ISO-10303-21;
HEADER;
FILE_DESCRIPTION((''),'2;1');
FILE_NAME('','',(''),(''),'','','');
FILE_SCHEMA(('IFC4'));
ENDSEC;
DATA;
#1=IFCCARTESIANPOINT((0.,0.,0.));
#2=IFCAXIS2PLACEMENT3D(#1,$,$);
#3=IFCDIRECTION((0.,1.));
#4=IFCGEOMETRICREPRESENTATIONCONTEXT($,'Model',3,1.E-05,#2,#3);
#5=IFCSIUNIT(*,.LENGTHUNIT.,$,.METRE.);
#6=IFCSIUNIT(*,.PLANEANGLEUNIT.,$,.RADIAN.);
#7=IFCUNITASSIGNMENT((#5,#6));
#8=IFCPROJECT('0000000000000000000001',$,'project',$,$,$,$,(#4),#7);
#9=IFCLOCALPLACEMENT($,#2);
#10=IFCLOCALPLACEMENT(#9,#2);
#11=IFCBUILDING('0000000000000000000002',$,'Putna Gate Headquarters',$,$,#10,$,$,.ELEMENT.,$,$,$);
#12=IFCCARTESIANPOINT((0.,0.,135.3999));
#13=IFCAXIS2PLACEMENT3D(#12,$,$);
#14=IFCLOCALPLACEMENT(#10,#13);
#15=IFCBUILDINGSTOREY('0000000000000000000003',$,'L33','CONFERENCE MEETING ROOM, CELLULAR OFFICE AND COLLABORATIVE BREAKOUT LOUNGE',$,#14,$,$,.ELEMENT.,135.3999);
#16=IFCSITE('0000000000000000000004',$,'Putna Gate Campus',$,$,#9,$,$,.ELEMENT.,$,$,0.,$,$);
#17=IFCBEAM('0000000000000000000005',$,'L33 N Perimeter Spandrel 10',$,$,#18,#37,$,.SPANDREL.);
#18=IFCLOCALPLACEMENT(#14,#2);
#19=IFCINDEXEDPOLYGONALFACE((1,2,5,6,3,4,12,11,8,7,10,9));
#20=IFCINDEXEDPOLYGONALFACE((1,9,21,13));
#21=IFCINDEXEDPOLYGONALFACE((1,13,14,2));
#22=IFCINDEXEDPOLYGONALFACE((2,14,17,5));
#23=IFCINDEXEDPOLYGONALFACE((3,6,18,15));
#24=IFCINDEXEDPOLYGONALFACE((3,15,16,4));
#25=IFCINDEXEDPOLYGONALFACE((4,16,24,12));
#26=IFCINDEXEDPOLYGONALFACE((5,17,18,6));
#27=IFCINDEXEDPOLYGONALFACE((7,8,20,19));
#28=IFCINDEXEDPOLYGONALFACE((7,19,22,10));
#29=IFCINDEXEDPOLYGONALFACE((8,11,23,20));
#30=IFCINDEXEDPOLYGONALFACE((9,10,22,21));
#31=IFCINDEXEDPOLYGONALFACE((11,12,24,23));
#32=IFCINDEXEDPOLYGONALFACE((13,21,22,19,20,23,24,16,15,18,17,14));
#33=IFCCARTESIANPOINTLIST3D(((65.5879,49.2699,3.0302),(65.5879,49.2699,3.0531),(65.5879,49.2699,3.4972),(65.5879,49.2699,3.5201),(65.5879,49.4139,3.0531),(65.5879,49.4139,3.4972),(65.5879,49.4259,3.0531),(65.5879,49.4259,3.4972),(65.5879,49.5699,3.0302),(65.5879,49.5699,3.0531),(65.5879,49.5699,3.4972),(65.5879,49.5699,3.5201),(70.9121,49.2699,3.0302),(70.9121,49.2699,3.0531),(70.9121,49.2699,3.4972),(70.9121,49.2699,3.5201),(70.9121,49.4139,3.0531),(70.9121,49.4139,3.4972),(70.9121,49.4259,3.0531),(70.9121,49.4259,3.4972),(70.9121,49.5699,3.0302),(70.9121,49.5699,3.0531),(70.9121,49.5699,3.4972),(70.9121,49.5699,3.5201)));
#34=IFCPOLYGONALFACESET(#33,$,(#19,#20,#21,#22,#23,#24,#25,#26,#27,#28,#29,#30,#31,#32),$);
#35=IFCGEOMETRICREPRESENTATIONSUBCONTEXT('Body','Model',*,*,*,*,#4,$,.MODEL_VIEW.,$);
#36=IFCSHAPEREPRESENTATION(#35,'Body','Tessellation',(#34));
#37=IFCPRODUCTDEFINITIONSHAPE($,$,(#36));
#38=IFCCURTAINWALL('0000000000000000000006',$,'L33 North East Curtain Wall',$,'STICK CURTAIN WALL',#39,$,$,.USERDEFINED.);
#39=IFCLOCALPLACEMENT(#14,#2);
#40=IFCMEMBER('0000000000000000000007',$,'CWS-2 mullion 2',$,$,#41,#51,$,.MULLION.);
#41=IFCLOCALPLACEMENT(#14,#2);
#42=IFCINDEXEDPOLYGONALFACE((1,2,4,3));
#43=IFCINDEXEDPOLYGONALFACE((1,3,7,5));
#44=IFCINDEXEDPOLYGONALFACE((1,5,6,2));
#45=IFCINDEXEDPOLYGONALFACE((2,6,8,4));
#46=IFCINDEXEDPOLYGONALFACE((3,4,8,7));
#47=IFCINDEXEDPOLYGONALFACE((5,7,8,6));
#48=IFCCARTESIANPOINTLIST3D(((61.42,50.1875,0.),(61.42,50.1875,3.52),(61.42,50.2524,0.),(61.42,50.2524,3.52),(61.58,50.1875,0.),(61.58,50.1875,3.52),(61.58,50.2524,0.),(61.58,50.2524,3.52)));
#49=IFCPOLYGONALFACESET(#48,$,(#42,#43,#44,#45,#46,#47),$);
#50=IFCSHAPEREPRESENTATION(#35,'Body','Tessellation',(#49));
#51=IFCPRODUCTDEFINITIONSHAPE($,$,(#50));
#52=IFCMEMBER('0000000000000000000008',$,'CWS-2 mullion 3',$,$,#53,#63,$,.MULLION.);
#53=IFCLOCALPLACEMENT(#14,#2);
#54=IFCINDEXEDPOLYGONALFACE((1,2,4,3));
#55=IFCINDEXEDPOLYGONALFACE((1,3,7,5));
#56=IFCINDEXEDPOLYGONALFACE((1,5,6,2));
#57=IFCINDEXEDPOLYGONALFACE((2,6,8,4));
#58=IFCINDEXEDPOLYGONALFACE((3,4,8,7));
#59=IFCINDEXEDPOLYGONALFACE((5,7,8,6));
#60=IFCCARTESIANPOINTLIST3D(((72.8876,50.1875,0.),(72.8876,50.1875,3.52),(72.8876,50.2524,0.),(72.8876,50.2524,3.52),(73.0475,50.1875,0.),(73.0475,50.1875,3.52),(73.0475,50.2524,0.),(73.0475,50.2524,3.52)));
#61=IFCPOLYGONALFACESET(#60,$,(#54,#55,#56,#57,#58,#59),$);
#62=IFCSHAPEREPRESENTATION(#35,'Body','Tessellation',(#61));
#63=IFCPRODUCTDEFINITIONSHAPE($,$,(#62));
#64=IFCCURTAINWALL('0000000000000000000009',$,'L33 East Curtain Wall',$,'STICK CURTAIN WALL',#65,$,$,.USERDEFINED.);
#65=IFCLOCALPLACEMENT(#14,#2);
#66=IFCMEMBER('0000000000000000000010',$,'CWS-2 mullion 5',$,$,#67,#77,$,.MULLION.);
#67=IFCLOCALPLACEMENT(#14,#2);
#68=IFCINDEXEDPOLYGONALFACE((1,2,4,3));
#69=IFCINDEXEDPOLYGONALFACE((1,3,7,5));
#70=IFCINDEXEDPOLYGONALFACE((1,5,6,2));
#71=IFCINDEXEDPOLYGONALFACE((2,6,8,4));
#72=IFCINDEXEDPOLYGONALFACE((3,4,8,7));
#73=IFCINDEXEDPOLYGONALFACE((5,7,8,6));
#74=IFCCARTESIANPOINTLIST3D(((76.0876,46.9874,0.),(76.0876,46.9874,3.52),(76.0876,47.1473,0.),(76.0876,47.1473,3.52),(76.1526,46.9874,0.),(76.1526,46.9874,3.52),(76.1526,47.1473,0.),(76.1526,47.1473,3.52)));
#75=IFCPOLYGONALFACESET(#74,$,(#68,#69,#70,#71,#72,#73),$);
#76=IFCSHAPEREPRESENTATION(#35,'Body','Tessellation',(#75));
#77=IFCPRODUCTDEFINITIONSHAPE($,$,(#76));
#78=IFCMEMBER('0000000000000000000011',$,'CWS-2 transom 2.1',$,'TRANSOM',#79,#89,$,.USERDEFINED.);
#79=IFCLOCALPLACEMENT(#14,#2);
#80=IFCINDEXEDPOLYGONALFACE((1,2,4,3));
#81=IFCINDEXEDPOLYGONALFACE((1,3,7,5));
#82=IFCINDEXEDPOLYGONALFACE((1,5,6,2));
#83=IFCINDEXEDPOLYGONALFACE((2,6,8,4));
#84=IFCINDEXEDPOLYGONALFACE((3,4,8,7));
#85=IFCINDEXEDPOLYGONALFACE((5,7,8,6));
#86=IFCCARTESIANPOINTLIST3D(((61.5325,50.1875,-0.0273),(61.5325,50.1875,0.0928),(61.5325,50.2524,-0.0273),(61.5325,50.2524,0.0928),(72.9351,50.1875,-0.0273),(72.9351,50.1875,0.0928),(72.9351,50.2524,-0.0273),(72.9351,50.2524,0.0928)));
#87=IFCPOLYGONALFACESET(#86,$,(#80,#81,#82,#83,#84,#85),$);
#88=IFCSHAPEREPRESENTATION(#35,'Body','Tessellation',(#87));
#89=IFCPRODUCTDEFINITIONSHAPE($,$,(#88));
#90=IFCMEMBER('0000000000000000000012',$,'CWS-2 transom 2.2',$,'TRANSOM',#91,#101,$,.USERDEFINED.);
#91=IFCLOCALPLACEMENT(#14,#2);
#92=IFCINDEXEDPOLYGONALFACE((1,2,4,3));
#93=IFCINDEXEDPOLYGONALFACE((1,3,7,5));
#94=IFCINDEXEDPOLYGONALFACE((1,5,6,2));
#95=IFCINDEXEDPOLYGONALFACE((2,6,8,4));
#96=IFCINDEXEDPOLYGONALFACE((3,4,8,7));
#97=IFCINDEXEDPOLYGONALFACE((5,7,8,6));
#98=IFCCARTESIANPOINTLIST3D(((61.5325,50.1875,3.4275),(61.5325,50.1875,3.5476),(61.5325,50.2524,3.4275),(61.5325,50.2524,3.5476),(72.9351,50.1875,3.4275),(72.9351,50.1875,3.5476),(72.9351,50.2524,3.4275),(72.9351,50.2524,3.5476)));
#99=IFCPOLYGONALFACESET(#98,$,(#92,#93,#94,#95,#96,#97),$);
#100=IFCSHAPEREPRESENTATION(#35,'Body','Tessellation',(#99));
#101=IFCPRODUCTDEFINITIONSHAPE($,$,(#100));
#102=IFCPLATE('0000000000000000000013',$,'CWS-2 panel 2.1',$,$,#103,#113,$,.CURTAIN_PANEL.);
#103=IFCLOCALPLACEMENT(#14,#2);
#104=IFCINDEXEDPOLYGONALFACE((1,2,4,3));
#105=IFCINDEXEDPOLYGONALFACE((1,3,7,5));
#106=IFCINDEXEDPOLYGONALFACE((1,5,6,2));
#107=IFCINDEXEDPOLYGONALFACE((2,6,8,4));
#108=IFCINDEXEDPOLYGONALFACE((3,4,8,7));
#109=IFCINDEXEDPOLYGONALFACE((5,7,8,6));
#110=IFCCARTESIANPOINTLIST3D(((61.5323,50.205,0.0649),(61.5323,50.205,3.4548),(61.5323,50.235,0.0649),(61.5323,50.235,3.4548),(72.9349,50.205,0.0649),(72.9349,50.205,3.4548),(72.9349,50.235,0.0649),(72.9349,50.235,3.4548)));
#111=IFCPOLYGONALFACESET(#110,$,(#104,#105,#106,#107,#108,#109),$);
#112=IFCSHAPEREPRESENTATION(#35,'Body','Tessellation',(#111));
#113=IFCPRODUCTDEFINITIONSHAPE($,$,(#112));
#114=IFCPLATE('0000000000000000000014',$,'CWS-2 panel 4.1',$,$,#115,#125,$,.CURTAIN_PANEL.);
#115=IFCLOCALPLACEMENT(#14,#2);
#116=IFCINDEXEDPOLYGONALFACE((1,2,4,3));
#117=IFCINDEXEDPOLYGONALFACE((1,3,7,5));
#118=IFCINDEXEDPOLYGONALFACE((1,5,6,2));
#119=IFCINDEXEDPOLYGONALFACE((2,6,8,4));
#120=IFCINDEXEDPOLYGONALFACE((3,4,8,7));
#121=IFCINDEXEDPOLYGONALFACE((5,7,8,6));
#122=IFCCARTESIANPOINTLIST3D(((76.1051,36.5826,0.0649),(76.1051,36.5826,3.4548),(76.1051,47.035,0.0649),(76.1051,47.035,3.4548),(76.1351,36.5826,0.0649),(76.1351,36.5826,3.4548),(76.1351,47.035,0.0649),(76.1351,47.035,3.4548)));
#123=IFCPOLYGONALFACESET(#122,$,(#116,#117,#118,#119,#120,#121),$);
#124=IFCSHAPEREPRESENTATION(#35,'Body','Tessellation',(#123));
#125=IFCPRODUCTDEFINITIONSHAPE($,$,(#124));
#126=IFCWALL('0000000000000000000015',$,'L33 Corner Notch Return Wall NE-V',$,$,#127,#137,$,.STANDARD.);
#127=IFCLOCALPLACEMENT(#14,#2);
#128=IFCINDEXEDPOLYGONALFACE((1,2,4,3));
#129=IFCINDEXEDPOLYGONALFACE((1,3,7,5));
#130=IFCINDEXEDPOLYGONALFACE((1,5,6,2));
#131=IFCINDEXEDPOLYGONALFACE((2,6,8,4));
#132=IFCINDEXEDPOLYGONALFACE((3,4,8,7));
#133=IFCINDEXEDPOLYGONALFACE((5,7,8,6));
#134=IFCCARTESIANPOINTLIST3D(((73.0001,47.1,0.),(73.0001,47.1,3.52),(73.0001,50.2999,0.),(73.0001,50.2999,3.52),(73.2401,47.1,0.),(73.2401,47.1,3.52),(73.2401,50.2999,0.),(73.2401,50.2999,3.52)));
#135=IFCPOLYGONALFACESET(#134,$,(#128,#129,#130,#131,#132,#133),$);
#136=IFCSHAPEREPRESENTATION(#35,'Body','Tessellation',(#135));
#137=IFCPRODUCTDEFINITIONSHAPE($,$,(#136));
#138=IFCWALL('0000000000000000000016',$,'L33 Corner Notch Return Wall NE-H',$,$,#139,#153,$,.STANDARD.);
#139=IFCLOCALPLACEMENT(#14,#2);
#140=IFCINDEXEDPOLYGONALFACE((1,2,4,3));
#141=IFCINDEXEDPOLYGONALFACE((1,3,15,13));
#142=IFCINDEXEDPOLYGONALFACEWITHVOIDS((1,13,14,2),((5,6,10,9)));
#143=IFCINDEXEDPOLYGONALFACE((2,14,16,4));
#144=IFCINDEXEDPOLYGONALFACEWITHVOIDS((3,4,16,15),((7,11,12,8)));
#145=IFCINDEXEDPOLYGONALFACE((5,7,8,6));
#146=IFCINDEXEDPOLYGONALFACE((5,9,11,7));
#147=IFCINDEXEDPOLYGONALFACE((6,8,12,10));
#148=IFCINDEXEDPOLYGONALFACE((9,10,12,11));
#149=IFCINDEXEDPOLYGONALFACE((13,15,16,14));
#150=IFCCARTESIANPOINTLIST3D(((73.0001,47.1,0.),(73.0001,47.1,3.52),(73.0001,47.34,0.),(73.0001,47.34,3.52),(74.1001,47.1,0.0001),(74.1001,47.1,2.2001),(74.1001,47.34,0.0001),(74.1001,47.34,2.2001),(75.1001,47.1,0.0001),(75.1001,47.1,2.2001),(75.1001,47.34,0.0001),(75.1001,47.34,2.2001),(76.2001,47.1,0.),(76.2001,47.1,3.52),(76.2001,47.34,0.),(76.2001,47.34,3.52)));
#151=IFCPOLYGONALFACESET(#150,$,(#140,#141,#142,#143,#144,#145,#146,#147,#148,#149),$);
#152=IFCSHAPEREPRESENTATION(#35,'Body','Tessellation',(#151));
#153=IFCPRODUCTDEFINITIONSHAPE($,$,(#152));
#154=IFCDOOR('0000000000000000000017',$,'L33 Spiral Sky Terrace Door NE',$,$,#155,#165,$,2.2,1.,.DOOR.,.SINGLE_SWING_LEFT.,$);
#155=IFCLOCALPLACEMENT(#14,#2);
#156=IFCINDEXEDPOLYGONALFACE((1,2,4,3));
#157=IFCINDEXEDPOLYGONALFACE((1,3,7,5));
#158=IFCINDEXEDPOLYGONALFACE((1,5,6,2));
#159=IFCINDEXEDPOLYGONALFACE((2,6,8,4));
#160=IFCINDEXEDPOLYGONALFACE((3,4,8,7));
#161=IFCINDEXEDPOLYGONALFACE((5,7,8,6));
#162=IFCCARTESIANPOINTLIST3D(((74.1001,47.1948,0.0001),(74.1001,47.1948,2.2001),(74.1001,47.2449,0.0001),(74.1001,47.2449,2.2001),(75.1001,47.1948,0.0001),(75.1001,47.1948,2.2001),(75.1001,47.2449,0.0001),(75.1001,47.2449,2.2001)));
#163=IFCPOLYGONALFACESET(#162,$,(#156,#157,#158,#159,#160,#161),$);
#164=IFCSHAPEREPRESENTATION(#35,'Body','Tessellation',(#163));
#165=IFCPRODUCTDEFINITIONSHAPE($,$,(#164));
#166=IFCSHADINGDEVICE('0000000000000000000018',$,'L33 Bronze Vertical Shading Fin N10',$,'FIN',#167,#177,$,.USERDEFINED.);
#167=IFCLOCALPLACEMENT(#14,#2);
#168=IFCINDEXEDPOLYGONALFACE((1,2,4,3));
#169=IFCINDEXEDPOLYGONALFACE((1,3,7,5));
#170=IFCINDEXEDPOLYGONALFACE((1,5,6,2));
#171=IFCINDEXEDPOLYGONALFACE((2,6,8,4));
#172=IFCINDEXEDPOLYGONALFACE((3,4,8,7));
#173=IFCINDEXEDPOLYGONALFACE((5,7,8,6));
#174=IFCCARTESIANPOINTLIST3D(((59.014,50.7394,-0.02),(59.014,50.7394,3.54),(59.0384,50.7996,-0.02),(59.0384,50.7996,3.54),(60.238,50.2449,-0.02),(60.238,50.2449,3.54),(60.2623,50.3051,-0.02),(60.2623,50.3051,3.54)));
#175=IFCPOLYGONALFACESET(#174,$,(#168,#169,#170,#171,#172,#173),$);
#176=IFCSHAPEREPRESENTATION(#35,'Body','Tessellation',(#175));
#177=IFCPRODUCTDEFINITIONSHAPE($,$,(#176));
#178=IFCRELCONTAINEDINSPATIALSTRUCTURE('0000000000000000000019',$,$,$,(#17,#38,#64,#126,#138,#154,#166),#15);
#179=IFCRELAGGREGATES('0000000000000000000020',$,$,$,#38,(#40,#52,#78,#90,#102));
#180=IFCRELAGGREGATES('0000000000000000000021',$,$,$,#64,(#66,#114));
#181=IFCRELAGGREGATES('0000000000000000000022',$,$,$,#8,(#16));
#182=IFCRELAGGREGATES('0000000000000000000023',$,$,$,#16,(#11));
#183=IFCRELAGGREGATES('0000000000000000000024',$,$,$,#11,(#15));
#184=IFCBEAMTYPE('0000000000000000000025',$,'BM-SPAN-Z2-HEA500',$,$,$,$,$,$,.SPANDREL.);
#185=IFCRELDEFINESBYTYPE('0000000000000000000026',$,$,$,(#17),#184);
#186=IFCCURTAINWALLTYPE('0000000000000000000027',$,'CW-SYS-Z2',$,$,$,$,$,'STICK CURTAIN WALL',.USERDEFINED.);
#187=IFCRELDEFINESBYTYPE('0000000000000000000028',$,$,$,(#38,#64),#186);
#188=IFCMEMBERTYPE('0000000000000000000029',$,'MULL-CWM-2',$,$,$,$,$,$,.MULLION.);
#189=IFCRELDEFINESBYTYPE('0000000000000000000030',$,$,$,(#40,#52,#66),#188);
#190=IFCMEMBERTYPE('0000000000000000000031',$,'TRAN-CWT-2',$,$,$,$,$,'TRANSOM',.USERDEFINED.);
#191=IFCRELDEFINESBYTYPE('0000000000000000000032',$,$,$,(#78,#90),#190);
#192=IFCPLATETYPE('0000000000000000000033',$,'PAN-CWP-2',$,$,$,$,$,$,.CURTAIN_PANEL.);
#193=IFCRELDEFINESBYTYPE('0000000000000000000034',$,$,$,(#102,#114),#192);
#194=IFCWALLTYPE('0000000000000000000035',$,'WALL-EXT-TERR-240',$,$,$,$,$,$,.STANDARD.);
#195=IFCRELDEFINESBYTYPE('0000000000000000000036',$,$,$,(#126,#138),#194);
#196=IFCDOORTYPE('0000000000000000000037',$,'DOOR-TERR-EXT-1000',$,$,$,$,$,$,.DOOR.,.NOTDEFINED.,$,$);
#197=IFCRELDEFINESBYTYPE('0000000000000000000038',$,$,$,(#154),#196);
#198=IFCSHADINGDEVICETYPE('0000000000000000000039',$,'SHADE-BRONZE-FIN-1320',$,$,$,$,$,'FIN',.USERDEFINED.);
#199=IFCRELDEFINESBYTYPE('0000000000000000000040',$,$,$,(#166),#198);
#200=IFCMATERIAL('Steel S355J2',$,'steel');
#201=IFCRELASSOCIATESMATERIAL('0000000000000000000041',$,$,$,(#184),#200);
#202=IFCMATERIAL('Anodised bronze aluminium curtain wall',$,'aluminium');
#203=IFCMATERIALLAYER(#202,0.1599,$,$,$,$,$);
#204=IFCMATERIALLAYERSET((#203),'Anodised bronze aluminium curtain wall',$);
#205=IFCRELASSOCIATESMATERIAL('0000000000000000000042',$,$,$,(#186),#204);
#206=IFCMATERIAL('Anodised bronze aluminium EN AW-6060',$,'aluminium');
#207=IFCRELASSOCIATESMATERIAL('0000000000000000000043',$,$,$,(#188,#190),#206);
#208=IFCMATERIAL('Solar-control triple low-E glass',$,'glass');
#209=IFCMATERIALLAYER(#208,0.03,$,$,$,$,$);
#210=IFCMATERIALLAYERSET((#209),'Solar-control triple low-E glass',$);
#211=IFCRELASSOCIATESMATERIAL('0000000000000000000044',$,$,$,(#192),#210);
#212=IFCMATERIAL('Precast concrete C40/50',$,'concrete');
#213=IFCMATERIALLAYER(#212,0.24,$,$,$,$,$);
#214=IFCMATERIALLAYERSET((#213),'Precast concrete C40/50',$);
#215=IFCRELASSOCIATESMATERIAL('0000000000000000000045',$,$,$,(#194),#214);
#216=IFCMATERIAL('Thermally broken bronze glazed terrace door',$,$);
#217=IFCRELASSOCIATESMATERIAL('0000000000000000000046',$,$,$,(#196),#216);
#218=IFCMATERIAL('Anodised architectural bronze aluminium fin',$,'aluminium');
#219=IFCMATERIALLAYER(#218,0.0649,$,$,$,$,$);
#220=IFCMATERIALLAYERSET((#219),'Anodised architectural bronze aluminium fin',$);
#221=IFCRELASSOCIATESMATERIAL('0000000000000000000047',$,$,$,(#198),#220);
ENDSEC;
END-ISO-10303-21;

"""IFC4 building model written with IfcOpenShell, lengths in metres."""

from ifc_helpers import new_model, si_unit, direction, frame, frame_2d, origin, origin_2d, place, context, subcontext, project, spatial, rectangle, i_section, extrude, material, layer, layer_set, material_profile, profile_set, type_object, element, fill, aggregate, save


model = new_model("IFC4")

# Units and contexts
model_context = context("Model", 3, precision=1e-05, world=origin(), true_north=direction((0.0, 1.0)))
body_context = subcontext(model_context, "Body", "Model", "MODEL_VIEW")
ifc_project = project(units=[si_unit("LENGTHUNIT", "METRE"), si_unit("PLANEANGLEUNIT", "RADIAN")], contexts=[model_context])

# Site, building, storey
site_placement = place(None, origin())
site = spatial("IfcSite", under=ifc_project, at=site_placement, Name="Putna Gate Campus", CompositionType="ELEMENT", RefElevation=0.0)
building_placement = place(site_placement, origin())
building = spatial("IfcBuilding", under=site, at=building_placement, Name="Putna Gate Headquarters", CompositionType="ELEMENT")
storey_placement = place(building_placement, frame((0.0, 0.0, 135.3999)))
storey = spatial("IfcBuildingStorey", under=building, at=storey_placement, Name="L33", Description="CONFERENCE MEETING ROOM, CELLULAR OFFICE AND COLLABORATIVE BREAKOUT LOUNGE", CompositionType="ELEMENT", Elevation=135.3999)

# Beam
ifc_material_1 = material(Name="Steel S355J2", Category="steel")
ifc_material_profile_1 = material_profile(ifc_material_1, i_section(OverallWidth=0.3, OverallDepth=0.49, WebThickness=0.012, FlangeThickness=0.0229, at=origin_2d()), Name="Steel S355J2")
ifc_profile_set_1 = profile_set([ifc_material_profile_1], Name="Steel S355J2")
beam_type_1 = type_object("IfcBeamType", Name="BM-SPAN-Z2-HEA500", PredefinedType="SPANDREL", material=ifc_profile_set_1)
for number, where, z_axis, x_axis, name in (
    (1, (65.5879, 49.4199, 3.2751), (1.0, 0.0, 0.0), (0.0, 1.0, 0.0), "L33 N Perimeter Spandrel 10"),
):
    element("IfcBeam", number, at=place(storey_placement, frame(where, z_axis=z_axis, x_axis=x_axis)), inside=storey, type_object=beam_type_1, Name=name, PredefinedType="SPANDREL", context=body_context, shape_type="SweptSolid", body=[
        extrude(i_section(OverallWidth=0.3, OverallDepth=0.49, WebThickness=0.012, FlangeThickness=0.0229, at=origin_2d()), origin(), (0.0, 0.0, 1.0), 5.3242),
    ])

# Curtain wall, members
ifc_material_2 = material(Name="Anodised bronze aluminium curtain wall", Category="aluminium")
ifc_layer_1 = layer(ifc_material_2, 0.1599)
ifc_layer_set_1 = layer_set([ifc_layer_1], Name="Anodised bronze aluminium curtain wall")
curtain_wall_type = type_object("IfcCurtainWallType", Name="CW-SYS-Z2", ElementType="STICK CURTAIN WALL", PredefinedType="USERDEFINED", material=ifc_layer_set_1)
curtain_wall_1_placement = place(storey_placement, origin())
curtain_wall_1 = element("IfcCurtainWall", 2, at=curtain_wall_1_placement, inside=storey, type_object=curtain_wall_type, Name="L33 North East Curtain Wall", ObjectType="STICK CURTAIN WALL", PredefinedType="USERDEFINED")
ifc_material_3 = material(Name="Anodised bronze aluminium EN AW-6060", Category="aluminium")
ifc_material_profile_2 = material_profile(ifc_material_3, rectangle(XDim=0.0649, YDim=0.1599, at=origin_2d()), Name="Anodised bronze aluminium EN AW-6060")
ifc_profile_set_2 = profile_set([ifc_material_profile_2], Name="Anodised bronze aluminium EN AW-6060")
member_type_1 = type_object("IfcMemberType", Name="MULL-CWM-2", PredefinedType="MULLION", material=ifc_profile_set_2)
member_1_placement = place(storey_placement, frame((61.5, 50.22, 0.0), z_axis=(0.0, 0.0, 1.0), x_axis=(0.0, 1.0, 0.0)))
member_1 = element("IfcMember", 3, at=member_1_placement, type_object=member_type_1, Name="CWS-2 mullion 2", PredefinedType="MULLION", context=body_context, shape_type="SweptSolid", body=[
    extrude(rectangle(XDim=0.0649, YDim=0.1599, at=origin_2d()), origin(), (0.0, 0.0, 1.0), 3.52),
])
member_2_placement = place(storey_placement, frame((72.9675, 50.22, 0.0), z_axis=(0.0, 0.0, 1.0), x_axis=(0.0, 1.0, 0.0)))
member_2 = element("IfcMember", 4, at=member_2_placement, type_object=member_type_1, Name="CWS-2 mullion 3", PredefinedType="MULLION", context=body_context, shape_type="SweptSolid", body=[
    extrude(rectangle(XDim=0.0649, YDim=0.1599, at=origin_2d()), origin(), (0.0, 0.0, 1.0), 3.52),
])

# Curtain wall, member
curtain_wall_2_placement = place(storey_placement, origin())
curtain_wall_2 = element("IfcCurtainWall", 5, at=curtain_wall_2_placement, inside=storey, type_object=curtain_wall_type, Name="L33 East Curtain Wall", ObjectType="STICK CURTAIN WALL", PredefinedType="USERDEFINED")
member_3_placement = place(storey_placement, frame((76.1201, 47.0674, 0.0), z_axis=(0.0, 0.0, 1.0), x_axis=(-1.0, 0.0, 0.0)))
member_3 = element("IfcMember", 6, at=member_3_placement, type_object=member_type_1, Name="CWS-2 mullion 5", PredefinedType="MULLION", context=body_context, shape_type="SweptSolid", body=[
    extrude(rectangle(XDim=0.0649, YDim=0.1599, at=origin_2d()), origin(), (0.0, 0.0, 1.0), 3.52),
])

# Members
ifc_material_profile_3 = material_profile(ifc_material_3, rectangle(XDim=0.0649, YDim=0.1201, at=origin_2d()), Name="Anodised bronze aluminium EN AW-6060")
ifc_profile_set_3 = profile_set([ifc_material_profile_3], Name="Anodised bronze aluminium EN AW-6060")
member_type_2 = type_object("IfcMemberType", Name="TRAN-CWT-2", ElementType="TRANSOM", PredefinedType="USERDEFINED", material=ifc_profile_set_3)
member_4_placement = place(storey_placement, frame((61.5325, 50.22, 0.0327), z_axis=(1.0, 0.0, 0.0), x_axis=(0.0, 1.0, 0.0)))
member_4 = element("IfcMember", 7, at=member_4_placement, type_object=member_type_2, Name="CWS-2 transom 2.1", ObjectType="TRANSOM", PredefinedType="USERDEFINED", context=body_context, shape_type="SweptSolid", body=[
    extrude(rectangle(XDim=0.0649, YDim=0.1201, at=origin_2d()), origin(), (0.0, 0.0, 1.0), 11.4026),
])
member_5_placement = place(storey_placement, frame((61.5325, 50.22, 3.4875), z_axis=(1.0, 0.0, 0.0), x_axis=(0.0, 1.0, 0.0)))
member_5 = element("IfcMember", 8, at=member_5_placement, type_object=member_type_2, Name="CWS-2 transom 2.2", ObjectType="TRANSOM", PredefinedType="USERDEFINED", context=body_context, shape_type="SweptSolid", body=[
    extrude(rectangle(XDim=0.0649, YDim=0.1201, at=origin_2d()), origin(), (0.0, 0.0, 1.0), 11.4026),
])

# Plates
ifc_material_4 = material(Name="Solar-control triple low-E glass", Category="glass")
ifc_layer_2 = layer(ifc_material_4, 0.03)
ifc_layer_set_2 = layer_set([ifc_layer_2], Name="Solar-control triple low-E glass")
plate_type = type_object("IfcPlateType", Name="PAN-CWP-2", PredefinedType="CURTAIN_PANEL", material=ifc_layer_set_2)
plate_1_placement = place(storey_placement, frame((67.2336, 50.22, 0.0649), z_axis=(0.0, 0.0, 1.0), x_axis=(1.0, 0.0, 0.0)))
plate_1 = element("IfcPlate", 9, at=plate_1_placement, type_object=plate_type, Name="CWS-2 panel 2.1", PredefinedType="CURTAIN_PANEL", context=body_context, shape_type="SweptSolid", body=[
    extrude(rectangle(XDim=11.4026, YDim=0.03, at=origin_2d()), origin(), (0.0, 0.0, 1.0), 3.3899),
])
aggregate(curtain_wall_1, [member_1, member_2, member_4, member_5, plate_1])
plate_2_placement = place(storey_placement, frame((76.1201, 41.8088, 0.0649), z_axis=(0.0, 0.0, 1.0), x_axis=(0.0, 1.0, 0.0)))
plate_2 = element("IfcPlate", 10, at=plate_2_placement, type_object=plate_type, Name="CWS-2 panel 4.1", PredefinedType="CURTAIN_PANEL", context=body_context, shape_type="SweptSolid", body=[
    extrude(rectangle(XDim=10.4524, YDim=0.03, at=origin_2d()), origin(), (0.0, 0.0, 1.0), 3.3899),
])
aggregate(curtain_wall_2, [member_3, plate_2])

# Wall
ifc_material_5 = material(Name="Precast concrete C40/50", Category="concrete")
ifc_layer_3 = layer(ifc_material_5, 0.24)
ifc_layer_set_3 = layer_set([ifc_layer_3], Name="Precast concrete C40/50")
wall_type = type_object("IfcWallType", Name="WALL-EXT-TERR-240", PredefinedType="STANDARD", material=ifc_layer_set_3)
wall_1_placement = place(storey_placement, frame((73.1201, 50.3, 0.0), z_axis=(0.0, 0.0, 1.0), x_axis=(0.0, -1.0, 0.0)))
element("IfcWall", 11, at=wall_1_placement, inside=storey, type_object=wall_type, Name="L33 Corner Notch Return Wall NE-V", PredefinedType="STANDARD", context=body_context, shape_type="SweptSolid", body=[
    extrude(rectangle(XDim=3.2, YDim=0.24, at=frame_2d((1.6001, 0.0))), origin(), (0.0, 0.0, 1.0), 3.52),
])

# Wall, opening, door
wall_2_placement = place(storey_placement, frame((73.0, 47.22, 0.0), z_axis=(0.0, 0.0, 1.0), x_axis=(1.0, 0.0, 0.0)))
wall_2 = element("IfcWall", 12, at=wall_2_placement, inside=storey, type_object=wall_type, Name="L33 Corner Notch Return Wall NE-H", PredefinedType="STANDARD", context=body_context, shape_type="SweptSolid", body=[
    extrude(rectangle(XDim=3.2, YDim=0.24, at=frame_2d((1.6001, 0.0))), origin(), (0.0, 0.0, 1.0), 3.52),
])
opening_placement = place(wall_2_placement, frame((1.1001, 0.0, 0.0)))
opening = element("IfcOpeningElement", 13, at=opening_placement, cuts=wall_2, PredefinedType="OPENING", context=body_context, shape_type="SweptSolid", body=[
    extrude(rectangle(XDim=1.0, YDim=2.2, at=frame_2d((0.5, 1.1001))), frame((0.0, 0.1299, 0.0), z_axis=(0.0, -1.0, 0.0), x_axis=(1.0, 0.0, 0.0)), (0.0, 0.0, 1.0), 0.26),
])
ifc_material_6 = material(Name="Thermally broken bronze glazed terrace door")
door_type = type_object("IfcDoorType", Name="DOOR-TERR-EXT-1000", OperationType="NOTDEFINED", PredefinedType="DOOR", material=ifc_material_6)
door_placement = place(opening_placement, origin())
door = element("IfcDoor", 14, at=door_placement, inside=storey, type_object=door_type, Name="L33 Spiral Sky Terrace Door NE", OperationType="SINGLE_SWING_LEFT", OverallHeight=2.2, OverallWidth=1.0, PredefinedType="DOOR", context=body_context, shape_type="SweptSolid", body=[
    extrude(rectangle(XDim=1.0, YDim=2.2, at=frame_2d((0.5, 1.1001))), frame((0.0, 0.0249, 0.0), z_axis=(0.0, -1.0, 0.0), x_axis=(1.0, 0.0, 0.0)), (0.0, 0.0, 1.0), 0.05),
])
fill(opening, door)

# Shading device
ifc_material_7 = material(Name="Anodised architectural bronze aluminium fin", Category="aluminium")
ifc_layer_4 = layer(ifc_material_7, 0.0649)
ifc_layer_set_4 = layer_set([ifc_layer_4], Name="Anodised architectural bronze aluminium fin")
shading_device_type = type_object("IfcShadingDeviceType", Name="SHADE-BRONZE-FIN-1320", ElementType="FIN", PredefinedType="USERDEFINED", material=ifc_layer_set_4)
for number, where, z_axis, x_axis, name in (
    (15, (59.6382, 50.5222, -0.02), (0.0, 0.0, 1.0), (-0.927184, 0.374607, 0.0), "L33 Bronze Vertical Shading Fin N10"),
):
    element("IfcShadingDevice", number, at=place(storey_placement, frame(where, z_axis=z_axis, x_axis=x_axis)), inside=storey, type_object=shading_device_type, Name=name, ObjectType="FIN", PredefinedType="USERDEFINED", context=body_context, shape_type="SweptSolid", body=[
        extrude(rectangle(XDim=1.3201, YDim=0.0649, at=origin_2d()), origin(), (0.0, 0.0, 1.0), 3.5601),
    ])

save(model, "model.ifc")
